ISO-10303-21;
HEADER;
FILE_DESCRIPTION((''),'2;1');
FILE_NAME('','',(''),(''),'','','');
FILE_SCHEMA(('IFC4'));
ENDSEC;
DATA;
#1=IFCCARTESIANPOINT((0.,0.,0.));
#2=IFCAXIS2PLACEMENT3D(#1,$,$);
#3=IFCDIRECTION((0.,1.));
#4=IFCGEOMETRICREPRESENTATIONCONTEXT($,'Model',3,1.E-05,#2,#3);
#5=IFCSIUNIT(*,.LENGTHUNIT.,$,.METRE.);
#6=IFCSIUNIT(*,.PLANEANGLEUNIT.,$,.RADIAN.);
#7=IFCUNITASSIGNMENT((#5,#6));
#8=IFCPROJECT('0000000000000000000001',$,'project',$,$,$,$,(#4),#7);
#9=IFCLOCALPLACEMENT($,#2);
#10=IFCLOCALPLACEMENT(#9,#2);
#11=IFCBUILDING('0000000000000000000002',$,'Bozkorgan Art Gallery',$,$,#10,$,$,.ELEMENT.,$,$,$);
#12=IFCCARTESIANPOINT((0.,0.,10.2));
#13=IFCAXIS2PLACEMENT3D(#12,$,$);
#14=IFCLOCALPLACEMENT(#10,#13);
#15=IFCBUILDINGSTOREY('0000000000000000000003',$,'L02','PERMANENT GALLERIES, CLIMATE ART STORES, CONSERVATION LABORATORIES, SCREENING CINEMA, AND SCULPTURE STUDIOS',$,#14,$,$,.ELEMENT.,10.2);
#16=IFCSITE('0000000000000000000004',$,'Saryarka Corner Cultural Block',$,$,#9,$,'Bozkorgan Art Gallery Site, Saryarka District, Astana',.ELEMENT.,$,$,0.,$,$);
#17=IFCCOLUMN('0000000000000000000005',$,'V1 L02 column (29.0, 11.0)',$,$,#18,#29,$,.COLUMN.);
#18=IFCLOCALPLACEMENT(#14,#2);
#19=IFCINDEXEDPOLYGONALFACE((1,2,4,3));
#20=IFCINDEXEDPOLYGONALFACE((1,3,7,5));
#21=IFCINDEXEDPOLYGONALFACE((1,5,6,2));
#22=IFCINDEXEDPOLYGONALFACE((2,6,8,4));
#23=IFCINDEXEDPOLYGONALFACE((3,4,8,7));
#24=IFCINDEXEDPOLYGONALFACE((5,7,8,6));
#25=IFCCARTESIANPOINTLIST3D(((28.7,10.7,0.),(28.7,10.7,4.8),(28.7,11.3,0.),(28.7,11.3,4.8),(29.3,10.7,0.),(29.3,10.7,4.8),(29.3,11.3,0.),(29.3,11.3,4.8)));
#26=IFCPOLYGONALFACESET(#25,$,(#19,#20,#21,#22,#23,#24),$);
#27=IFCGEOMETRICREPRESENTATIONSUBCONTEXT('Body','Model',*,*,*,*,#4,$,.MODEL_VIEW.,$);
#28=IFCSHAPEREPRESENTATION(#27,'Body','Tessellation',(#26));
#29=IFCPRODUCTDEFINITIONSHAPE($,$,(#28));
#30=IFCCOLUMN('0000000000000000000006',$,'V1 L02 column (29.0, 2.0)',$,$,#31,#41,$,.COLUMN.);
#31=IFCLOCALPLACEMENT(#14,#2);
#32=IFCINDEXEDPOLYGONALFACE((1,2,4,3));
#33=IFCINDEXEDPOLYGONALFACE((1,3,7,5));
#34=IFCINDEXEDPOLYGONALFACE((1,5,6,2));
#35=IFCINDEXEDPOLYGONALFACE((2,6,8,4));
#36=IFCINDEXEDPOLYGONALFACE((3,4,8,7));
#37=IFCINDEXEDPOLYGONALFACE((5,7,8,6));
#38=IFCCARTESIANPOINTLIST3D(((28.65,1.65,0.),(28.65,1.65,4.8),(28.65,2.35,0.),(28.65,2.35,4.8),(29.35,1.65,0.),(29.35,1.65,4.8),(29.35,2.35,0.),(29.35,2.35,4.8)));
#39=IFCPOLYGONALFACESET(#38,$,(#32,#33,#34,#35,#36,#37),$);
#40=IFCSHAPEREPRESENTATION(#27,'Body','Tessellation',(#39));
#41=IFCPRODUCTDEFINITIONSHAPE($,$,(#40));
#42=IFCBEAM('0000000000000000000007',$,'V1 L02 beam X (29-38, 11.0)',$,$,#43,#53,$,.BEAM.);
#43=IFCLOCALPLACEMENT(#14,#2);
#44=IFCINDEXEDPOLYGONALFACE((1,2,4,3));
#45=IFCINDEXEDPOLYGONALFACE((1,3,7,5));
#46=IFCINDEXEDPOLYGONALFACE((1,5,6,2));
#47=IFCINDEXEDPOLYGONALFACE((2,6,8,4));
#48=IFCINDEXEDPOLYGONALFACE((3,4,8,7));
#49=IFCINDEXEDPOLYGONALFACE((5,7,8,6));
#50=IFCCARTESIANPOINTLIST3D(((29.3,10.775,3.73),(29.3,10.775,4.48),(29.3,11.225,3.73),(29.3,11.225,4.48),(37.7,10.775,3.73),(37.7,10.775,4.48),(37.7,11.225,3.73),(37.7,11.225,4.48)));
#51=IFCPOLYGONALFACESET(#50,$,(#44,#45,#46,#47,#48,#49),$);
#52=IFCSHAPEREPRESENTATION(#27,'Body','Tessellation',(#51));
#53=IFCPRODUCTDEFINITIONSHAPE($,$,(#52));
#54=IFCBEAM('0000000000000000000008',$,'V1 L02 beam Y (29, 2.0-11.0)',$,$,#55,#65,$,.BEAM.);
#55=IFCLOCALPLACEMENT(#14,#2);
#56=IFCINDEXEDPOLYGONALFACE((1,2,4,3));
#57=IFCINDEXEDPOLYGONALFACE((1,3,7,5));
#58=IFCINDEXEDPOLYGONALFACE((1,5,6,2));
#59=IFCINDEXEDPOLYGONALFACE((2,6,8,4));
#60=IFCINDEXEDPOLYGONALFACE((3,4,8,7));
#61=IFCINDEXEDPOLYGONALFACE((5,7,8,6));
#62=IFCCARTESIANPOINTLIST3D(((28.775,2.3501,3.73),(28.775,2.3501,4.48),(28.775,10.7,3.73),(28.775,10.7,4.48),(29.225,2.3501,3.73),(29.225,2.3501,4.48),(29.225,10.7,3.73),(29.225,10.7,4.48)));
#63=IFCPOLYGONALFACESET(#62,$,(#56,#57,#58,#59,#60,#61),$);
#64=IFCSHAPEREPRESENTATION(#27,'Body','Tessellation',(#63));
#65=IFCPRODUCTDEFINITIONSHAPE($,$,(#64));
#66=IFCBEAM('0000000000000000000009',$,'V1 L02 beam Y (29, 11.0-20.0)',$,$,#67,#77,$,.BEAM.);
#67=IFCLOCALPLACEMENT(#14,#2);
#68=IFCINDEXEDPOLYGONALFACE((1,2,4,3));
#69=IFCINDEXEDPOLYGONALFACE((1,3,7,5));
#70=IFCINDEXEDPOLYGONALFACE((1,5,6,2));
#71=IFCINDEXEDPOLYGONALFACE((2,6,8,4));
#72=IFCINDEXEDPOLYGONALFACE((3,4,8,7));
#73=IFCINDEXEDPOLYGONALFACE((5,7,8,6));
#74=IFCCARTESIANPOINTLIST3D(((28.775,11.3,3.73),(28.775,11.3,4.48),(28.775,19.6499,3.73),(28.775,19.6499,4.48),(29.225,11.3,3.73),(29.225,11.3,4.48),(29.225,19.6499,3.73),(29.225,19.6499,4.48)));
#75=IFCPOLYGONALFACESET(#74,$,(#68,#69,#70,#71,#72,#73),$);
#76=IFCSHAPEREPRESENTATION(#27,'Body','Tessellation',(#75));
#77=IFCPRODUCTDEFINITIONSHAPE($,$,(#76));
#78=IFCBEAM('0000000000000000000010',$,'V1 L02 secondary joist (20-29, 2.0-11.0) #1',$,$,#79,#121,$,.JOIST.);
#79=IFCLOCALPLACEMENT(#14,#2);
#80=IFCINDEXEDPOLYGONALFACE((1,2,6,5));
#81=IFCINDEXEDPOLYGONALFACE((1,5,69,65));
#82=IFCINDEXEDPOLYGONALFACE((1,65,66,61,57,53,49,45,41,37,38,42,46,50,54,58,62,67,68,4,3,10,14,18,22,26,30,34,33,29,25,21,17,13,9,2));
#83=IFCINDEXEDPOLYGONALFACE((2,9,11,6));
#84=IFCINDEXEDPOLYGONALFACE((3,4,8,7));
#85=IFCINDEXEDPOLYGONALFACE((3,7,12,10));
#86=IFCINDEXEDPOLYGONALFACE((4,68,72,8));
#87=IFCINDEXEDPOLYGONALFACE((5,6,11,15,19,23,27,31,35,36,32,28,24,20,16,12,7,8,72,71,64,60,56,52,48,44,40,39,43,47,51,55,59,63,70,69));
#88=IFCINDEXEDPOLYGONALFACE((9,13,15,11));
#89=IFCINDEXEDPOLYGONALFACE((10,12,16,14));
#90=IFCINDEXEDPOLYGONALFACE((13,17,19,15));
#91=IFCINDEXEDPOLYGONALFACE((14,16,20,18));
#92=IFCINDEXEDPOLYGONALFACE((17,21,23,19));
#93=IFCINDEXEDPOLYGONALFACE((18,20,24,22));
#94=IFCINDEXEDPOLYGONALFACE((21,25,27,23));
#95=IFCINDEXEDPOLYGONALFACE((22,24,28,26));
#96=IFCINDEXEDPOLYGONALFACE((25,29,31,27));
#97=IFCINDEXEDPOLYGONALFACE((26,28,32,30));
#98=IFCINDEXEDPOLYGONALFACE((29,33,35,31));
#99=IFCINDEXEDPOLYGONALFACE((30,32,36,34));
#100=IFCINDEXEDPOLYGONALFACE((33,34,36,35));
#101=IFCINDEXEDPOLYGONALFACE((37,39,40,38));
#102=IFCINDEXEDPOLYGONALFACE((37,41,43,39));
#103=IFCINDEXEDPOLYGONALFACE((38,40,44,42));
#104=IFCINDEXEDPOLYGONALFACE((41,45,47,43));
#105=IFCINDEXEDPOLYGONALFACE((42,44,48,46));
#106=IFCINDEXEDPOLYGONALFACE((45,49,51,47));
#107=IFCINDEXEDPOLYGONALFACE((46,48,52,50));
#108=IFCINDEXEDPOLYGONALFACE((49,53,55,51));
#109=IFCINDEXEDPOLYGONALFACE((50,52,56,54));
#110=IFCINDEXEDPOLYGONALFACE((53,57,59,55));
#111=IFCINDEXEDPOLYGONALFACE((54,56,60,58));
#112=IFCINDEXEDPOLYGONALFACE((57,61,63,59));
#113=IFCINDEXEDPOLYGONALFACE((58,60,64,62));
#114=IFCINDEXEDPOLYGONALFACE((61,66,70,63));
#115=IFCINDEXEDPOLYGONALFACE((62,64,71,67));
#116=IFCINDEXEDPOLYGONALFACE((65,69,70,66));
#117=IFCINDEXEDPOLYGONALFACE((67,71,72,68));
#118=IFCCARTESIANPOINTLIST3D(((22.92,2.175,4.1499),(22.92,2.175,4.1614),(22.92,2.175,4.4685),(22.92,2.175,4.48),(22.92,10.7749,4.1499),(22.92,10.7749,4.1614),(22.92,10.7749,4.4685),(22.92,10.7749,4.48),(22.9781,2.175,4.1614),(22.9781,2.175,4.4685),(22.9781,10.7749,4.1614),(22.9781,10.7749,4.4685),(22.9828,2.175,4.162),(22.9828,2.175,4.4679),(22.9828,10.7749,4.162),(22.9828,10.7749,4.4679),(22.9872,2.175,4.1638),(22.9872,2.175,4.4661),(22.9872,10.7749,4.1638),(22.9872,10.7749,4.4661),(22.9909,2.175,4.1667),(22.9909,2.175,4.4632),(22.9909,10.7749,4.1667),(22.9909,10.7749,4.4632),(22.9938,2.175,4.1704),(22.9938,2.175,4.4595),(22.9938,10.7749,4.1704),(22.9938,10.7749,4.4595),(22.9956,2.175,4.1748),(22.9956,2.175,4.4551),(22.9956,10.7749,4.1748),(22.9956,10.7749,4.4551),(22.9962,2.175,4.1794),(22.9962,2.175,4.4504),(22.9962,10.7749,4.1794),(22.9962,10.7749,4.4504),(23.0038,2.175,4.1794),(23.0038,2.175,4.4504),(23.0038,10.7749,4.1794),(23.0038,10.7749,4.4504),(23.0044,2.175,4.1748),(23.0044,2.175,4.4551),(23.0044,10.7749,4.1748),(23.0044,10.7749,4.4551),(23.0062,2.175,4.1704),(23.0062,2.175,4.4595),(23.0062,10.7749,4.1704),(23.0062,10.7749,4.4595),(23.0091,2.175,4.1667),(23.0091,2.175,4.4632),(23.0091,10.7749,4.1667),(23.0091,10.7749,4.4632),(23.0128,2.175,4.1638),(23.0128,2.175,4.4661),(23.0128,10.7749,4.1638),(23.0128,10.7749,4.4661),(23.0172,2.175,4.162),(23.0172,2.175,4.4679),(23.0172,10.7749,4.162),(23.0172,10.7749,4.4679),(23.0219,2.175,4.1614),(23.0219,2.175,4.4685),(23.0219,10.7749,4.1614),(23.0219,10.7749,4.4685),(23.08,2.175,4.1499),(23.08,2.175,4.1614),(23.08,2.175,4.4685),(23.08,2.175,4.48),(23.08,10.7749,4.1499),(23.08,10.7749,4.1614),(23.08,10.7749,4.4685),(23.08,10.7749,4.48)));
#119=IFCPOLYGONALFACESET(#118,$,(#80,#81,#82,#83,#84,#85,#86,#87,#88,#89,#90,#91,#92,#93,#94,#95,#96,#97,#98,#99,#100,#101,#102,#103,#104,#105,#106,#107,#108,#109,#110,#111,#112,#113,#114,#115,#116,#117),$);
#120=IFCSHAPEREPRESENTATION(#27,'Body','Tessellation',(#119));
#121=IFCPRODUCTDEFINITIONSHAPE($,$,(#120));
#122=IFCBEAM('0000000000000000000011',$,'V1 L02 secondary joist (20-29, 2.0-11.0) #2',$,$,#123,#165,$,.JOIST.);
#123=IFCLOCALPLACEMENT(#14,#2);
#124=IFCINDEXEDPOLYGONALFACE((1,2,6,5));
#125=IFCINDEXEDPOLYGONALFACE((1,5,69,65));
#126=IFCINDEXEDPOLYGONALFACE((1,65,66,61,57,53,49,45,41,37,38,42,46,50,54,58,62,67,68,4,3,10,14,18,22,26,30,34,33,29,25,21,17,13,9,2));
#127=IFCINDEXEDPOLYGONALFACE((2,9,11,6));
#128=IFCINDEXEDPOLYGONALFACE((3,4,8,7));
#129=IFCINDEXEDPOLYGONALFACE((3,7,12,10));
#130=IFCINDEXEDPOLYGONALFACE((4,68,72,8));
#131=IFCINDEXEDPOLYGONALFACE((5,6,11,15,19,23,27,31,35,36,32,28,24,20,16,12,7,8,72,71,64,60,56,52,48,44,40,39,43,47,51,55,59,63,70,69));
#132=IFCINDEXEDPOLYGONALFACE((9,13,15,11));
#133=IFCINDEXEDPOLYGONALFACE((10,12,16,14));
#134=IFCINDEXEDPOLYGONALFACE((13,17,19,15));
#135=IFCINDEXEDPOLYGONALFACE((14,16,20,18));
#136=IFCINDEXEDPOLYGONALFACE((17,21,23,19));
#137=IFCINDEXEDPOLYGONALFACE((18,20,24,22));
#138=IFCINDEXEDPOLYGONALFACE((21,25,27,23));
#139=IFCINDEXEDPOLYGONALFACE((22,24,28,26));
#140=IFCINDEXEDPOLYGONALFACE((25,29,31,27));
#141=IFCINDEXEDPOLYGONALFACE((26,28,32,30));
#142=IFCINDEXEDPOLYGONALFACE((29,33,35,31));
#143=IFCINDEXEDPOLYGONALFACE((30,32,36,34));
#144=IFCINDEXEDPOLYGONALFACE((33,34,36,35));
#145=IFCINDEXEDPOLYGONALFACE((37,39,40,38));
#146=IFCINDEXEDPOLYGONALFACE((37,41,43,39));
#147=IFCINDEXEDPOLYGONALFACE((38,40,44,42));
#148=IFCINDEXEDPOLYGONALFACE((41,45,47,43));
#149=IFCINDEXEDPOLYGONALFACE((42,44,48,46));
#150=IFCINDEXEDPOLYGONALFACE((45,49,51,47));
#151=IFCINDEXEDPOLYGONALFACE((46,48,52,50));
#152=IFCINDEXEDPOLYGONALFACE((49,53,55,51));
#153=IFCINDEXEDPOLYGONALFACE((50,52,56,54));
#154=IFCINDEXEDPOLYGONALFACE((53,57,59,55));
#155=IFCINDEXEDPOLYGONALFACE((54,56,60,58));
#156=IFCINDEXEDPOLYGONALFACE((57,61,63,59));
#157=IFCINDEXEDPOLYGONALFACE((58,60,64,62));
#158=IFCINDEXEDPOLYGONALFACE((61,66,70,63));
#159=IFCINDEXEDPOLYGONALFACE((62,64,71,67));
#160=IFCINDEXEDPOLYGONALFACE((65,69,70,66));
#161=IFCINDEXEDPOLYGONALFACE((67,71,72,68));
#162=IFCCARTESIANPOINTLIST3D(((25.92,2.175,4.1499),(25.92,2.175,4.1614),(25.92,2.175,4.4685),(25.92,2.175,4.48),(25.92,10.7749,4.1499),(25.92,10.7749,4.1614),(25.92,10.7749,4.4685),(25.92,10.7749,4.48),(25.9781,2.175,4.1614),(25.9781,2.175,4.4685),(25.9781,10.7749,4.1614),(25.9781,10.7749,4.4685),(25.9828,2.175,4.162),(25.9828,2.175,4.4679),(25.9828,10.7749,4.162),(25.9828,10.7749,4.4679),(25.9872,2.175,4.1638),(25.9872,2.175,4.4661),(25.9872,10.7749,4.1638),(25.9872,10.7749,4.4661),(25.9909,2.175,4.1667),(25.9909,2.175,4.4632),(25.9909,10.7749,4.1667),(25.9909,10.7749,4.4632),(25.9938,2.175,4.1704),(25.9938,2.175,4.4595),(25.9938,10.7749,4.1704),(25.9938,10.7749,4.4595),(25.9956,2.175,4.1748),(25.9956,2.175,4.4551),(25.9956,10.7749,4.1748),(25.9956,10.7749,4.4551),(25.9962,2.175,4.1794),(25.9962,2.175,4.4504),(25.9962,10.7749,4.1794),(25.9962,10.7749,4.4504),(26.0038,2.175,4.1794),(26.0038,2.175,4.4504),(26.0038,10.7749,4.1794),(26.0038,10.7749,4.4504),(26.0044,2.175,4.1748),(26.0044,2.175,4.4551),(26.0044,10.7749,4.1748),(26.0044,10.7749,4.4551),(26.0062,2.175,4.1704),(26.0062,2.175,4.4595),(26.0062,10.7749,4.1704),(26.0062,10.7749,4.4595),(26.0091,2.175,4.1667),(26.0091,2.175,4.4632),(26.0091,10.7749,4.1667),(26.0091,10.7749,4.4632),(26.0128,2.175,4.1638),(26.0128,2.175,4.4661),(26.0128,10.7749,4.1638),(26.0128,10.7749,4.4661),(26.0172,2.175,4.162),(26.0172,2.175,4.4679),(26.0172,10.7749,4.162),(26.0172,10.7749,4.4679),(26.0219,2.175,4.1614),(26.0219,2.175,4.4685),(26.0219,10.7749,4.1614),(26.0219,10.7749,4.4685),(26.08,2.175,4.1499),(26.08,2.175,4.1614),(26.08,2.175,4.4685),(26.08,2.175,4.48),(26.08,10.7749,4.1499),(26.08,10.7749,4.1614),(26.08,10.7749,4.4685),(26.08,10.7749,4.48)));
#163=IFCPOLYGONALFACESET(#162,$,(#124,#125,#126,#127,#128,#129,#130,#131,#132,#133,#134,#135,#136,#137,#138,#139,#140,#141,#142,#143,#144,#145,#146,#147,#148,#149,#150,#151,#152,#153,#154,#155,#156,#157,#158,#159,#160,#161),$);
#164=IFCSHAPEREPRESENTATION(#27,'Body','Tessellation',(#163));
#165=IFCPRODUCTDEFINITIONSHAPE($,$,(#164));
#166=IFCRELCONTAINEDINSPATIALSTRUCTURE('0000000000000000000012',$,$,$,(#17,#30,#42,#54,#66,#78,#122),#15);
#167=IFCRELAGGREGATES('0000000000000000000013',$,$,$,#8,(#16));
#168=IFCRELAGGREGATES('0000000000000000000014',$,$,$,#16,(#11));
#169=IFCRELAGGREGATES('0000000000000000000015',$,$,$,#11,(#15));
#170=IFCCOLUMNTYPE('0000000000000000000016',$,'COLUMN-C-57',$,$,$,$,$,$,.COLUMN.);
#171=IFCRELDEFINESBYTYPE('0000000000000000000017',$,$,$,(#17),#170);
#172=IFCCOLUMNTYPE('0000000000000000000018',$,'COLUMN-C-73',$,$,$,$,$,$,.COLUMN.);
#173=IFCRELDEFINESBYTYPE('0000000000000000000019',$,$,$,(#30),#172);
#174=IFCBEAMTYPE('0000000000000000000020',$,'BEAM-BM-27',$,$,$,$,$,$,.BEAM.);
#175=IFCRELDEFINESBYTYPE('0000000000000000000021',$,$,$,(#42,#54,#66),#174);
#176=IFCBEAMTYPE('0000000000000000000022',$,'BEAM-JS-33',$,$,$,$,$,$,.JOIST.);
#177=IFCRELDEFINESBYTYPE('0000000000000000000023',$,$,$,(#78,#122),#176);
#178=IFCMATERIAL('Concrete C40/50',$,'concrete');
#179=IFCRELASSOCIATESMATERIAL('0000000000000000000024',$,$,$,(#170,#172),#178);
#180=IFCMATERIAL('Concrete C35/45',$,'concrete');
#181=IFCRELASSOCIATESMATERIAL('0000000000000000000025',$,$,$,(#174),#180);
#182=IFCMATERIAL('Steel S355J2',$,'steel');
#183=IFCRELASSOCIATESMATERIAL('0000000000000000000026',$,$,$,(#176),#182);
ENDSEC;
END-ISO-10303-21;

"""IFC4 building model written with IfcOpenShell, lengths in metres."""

from ifc_helpers import new_model, si_unit, direction, frame, origin, origin_2d, place, context, subcontext, project, spatial, rectangle, i_section, extrude, material, material_profile, profile_set, type_object, element, save


model = new_model("IFC4")

# Units and contexts
model_context = context("Model", 3, precision=1e-05, world=origin(), true_north=direction((0.0, 1.0)))
body_context = subcontext(model_context, "Body", "Model", "MODEL_VIEW")
ifc_project = project(units=[si_unit("LENGTHUNIT", "METRE"), si_unit("PLANEANGLEUNIT", "RADIAN")], contexts=[model_context])

# Site, building, storey
site_placement = place(None, origin())
site = spatial("IfcSite", under=ifc_project, at=site_placement, Name="Saryarka Corner Cultural Block", LongName="Bozkorgan Art Gallery Site, Saryarka District, Astana", CompositionType="ELEMENT", RefElevation=0.0)
building_placement = place(site_placement, origin())
building = spatial("IfcBuilding", under=site, at=building_placement, Name="Bozkorgan Art Gallery", CompositionType="ELEMENT")
storey_placement = place(building_placement, frame((0.0, 0.0, 10.2)))
storey = spatial("IfcBuildingStorey", under=building, at=storey_placement, Name="L02", Description="PERMANENT GALLERIES, CLIMATE ART STORES, CONSERVATION LABORATORIES, SCREENING CINEMA, AND SCULPTURE STUDIOS", CompositionType="ELEMENT", Elevation=10.2)

# Columns
ifc_material_1 = material(Name="Concrete C40/50", Category="concrete")
ifc_material_profile_1 = material_profile(ifc_material_1, rectangle(XDim=0.6001, YDim=0.6001, at=origin_2d()), Name="RC 600x600")
ifc_profile_set_1 = profile_set([ifc_material_profile_1], Name="Concrete C40/50")
column_type_1 = type_object("IfcColumnType", Name="COLUMN-C-57", PredefinedType="COLUMN", material=ifc_profile_set_1)
column_1_placement = place(storey_placement, frame((29.0, 11.0, 0.0), z_axis=(0.0, 0.0, 1.0), x_axis=(1.0, 0.0, 0.0)))
element("IfcColumn", 1, at=column_1_placement, inside=storey, type_object=column_type_1, Name="V1 L02 column (29.0, 11.0)", PredefinedType="COLUMN", context=body_context, shape_type="SweptSolid", body=[
    extrude(rectangle(XDim=0.6001, YDim=0.6001, at=origin_2d()), origin(), (0.0, 0.0, 1.0), 4.8),
])
ifc_material_profile_2 = material_profile(ifc_material_1, rectangle(XDim=0.7, YDim=0.7, at=origin_2d()), Name="RC 700x700")
ifc_profile_set_2 = profile_set([ifc_material_profile_2], Name="Concrete C40/50")
column_type_2 = type_object("IfcColumnType", Name="COLUMN-C-73", PredefinedType="COLUMN", material=ifc_profile_set_2)
column_2_placement = place(storey_placement, frame((29.0, 2.0, 0.0), z_axis=(0.0, 0.0, 1.0), x_axis=(1.0, 0.0, 0.0)))
element("IfcColumn", 2, at=column_2_placement, inside=storey, type_object=column_type_2, Name="V1 L02 column (29.0, 2.0)", PredefinedType="COLUMN", context=body_context, shape_type="SweptSolid", body=[
    extrude(rectangle(XDim=0.7, YDim=0.7, at=origin_2d()), origin(), (0.0, 0.0, 1.0), 4.8),
])

# Beams
ifc_material_2 = material(Name="Concrete C35/45", Category="concrete")
ifc_material_profile_3 = material_profile(ifc_material_2, rectangle(XDim=0.45, YDim=0.75, at=origin_2d()), Name="RC 450x750")
ifc_profile_set_3 = profile_set([ifc_material_profile_3], Name="Concrete C35/45")
beam_type_1 = type_object("IfcBeamType", Name="BEAM-BM-27", PredefinedType="BEAM", material=ifc_profile_set_3)
beam_1_placement = place(storey_placement, frame((29.3, 11.0, 4.105), z_axis=(1.0, 0.0, 0.0), x_axis=(0.0, 1.0, 0.0)))
element("IfcBeam", 3, at=beam_1_placement, inside=storey, type_object=beam_type_1, Name="V1 L02 beam X (29-38, 11.0)", PredefinedType="BEAM", context=body_context, shape_type="SweptSolid", body=[
    extrude(rectangle(XDim=0.45, YDim=0.75, at=origin_2d()), origin(), (0.0, 0.0, 1.0), 8.3999),
])
for number, where, z_axis, x_axis, name in (
    (4, (29.0, 2.3501, 4.105), (0.0, 1.0, 0.0), (-1.0, 0.0, 0.0), "V1 L02 beam Y (29, 2.0-11.0)"),
    (5, (29.0, 11.3, 4.105), (0.0, 1.0, 0.0), (-1.0, 0.0, 0.0), "V1 L02 beam Y (29, 11.0-20.0)"),
):
    element("IfcBeam", number, at=place(storey_placement, frame(where, z_axis=z_axis, x_axis=x_axis)), inside=storey, type_object=beam_type_1, Name=name, PredefinedType="BEAM", context=body_context, shape_type="SweptSolid", body=[
        extrude(rectangle(XDim=0.45, YDim=0.75, at=origin_2d()), origin(), (0.0, 0.0, 1.0), 8.3499),
    ])
ifc_material_3 = material(Name="Steel S355J2", Category="steel")
ifc_material_profile_4 = material_profile(ifc_material_3, i_section(OverallWidth=0.1599, OverallDepth=0.3301, WebThickness=0.0076, FlangeThickness=0.0115, FilletRadius=0.0181, at=origin_2d()), Name="IPE 330")
ifc_profile_set_4 = profile_set([ifc_material_profile_4], Name="Steel S355J2")
beam_type_2 = type_object("IfcBeamType", Name="BEAM-JS-33", PredefinedType="JOIST", material=ifc_profile_set_4)
for number, where, z_axis, x_axis, name in (
    (6, (23.0, 2.175, 4.3149), (0.0, 1.0, 0.0), (-1.0, 0.0, 0.0), "V1 L02 secondary joist (20-29, 2.0-11.0) #1"),
    (7, (26.0, 2.175, 4.3149), (0.0, 1.0, 0.0), (-1.0, 0.0, 0.0), "V1 L02 secondary joist (20-29, 2.0-11.0) #2"),
):
    element("IfcBeam", number, at=place(storey_placement, frame(where, z_axis=z_axis, x_axis=x_axis)), inside=storey, type_object=beam_type_2, Name=name, PredefinedType="JOIST", context=body_context, shape_type="SweptSolid", body=[
        extrude(i_section(OverallWidth=0.1599, OverallDepth=0.3301, WebThickness=0.0076, FlangeThickness=0.0115, FilletRadius=0.0181, at=origin_2d()), origin(), (0.0, 0.0, 1.0), 8.5999),
    ])

save(model, "model.ifc")
